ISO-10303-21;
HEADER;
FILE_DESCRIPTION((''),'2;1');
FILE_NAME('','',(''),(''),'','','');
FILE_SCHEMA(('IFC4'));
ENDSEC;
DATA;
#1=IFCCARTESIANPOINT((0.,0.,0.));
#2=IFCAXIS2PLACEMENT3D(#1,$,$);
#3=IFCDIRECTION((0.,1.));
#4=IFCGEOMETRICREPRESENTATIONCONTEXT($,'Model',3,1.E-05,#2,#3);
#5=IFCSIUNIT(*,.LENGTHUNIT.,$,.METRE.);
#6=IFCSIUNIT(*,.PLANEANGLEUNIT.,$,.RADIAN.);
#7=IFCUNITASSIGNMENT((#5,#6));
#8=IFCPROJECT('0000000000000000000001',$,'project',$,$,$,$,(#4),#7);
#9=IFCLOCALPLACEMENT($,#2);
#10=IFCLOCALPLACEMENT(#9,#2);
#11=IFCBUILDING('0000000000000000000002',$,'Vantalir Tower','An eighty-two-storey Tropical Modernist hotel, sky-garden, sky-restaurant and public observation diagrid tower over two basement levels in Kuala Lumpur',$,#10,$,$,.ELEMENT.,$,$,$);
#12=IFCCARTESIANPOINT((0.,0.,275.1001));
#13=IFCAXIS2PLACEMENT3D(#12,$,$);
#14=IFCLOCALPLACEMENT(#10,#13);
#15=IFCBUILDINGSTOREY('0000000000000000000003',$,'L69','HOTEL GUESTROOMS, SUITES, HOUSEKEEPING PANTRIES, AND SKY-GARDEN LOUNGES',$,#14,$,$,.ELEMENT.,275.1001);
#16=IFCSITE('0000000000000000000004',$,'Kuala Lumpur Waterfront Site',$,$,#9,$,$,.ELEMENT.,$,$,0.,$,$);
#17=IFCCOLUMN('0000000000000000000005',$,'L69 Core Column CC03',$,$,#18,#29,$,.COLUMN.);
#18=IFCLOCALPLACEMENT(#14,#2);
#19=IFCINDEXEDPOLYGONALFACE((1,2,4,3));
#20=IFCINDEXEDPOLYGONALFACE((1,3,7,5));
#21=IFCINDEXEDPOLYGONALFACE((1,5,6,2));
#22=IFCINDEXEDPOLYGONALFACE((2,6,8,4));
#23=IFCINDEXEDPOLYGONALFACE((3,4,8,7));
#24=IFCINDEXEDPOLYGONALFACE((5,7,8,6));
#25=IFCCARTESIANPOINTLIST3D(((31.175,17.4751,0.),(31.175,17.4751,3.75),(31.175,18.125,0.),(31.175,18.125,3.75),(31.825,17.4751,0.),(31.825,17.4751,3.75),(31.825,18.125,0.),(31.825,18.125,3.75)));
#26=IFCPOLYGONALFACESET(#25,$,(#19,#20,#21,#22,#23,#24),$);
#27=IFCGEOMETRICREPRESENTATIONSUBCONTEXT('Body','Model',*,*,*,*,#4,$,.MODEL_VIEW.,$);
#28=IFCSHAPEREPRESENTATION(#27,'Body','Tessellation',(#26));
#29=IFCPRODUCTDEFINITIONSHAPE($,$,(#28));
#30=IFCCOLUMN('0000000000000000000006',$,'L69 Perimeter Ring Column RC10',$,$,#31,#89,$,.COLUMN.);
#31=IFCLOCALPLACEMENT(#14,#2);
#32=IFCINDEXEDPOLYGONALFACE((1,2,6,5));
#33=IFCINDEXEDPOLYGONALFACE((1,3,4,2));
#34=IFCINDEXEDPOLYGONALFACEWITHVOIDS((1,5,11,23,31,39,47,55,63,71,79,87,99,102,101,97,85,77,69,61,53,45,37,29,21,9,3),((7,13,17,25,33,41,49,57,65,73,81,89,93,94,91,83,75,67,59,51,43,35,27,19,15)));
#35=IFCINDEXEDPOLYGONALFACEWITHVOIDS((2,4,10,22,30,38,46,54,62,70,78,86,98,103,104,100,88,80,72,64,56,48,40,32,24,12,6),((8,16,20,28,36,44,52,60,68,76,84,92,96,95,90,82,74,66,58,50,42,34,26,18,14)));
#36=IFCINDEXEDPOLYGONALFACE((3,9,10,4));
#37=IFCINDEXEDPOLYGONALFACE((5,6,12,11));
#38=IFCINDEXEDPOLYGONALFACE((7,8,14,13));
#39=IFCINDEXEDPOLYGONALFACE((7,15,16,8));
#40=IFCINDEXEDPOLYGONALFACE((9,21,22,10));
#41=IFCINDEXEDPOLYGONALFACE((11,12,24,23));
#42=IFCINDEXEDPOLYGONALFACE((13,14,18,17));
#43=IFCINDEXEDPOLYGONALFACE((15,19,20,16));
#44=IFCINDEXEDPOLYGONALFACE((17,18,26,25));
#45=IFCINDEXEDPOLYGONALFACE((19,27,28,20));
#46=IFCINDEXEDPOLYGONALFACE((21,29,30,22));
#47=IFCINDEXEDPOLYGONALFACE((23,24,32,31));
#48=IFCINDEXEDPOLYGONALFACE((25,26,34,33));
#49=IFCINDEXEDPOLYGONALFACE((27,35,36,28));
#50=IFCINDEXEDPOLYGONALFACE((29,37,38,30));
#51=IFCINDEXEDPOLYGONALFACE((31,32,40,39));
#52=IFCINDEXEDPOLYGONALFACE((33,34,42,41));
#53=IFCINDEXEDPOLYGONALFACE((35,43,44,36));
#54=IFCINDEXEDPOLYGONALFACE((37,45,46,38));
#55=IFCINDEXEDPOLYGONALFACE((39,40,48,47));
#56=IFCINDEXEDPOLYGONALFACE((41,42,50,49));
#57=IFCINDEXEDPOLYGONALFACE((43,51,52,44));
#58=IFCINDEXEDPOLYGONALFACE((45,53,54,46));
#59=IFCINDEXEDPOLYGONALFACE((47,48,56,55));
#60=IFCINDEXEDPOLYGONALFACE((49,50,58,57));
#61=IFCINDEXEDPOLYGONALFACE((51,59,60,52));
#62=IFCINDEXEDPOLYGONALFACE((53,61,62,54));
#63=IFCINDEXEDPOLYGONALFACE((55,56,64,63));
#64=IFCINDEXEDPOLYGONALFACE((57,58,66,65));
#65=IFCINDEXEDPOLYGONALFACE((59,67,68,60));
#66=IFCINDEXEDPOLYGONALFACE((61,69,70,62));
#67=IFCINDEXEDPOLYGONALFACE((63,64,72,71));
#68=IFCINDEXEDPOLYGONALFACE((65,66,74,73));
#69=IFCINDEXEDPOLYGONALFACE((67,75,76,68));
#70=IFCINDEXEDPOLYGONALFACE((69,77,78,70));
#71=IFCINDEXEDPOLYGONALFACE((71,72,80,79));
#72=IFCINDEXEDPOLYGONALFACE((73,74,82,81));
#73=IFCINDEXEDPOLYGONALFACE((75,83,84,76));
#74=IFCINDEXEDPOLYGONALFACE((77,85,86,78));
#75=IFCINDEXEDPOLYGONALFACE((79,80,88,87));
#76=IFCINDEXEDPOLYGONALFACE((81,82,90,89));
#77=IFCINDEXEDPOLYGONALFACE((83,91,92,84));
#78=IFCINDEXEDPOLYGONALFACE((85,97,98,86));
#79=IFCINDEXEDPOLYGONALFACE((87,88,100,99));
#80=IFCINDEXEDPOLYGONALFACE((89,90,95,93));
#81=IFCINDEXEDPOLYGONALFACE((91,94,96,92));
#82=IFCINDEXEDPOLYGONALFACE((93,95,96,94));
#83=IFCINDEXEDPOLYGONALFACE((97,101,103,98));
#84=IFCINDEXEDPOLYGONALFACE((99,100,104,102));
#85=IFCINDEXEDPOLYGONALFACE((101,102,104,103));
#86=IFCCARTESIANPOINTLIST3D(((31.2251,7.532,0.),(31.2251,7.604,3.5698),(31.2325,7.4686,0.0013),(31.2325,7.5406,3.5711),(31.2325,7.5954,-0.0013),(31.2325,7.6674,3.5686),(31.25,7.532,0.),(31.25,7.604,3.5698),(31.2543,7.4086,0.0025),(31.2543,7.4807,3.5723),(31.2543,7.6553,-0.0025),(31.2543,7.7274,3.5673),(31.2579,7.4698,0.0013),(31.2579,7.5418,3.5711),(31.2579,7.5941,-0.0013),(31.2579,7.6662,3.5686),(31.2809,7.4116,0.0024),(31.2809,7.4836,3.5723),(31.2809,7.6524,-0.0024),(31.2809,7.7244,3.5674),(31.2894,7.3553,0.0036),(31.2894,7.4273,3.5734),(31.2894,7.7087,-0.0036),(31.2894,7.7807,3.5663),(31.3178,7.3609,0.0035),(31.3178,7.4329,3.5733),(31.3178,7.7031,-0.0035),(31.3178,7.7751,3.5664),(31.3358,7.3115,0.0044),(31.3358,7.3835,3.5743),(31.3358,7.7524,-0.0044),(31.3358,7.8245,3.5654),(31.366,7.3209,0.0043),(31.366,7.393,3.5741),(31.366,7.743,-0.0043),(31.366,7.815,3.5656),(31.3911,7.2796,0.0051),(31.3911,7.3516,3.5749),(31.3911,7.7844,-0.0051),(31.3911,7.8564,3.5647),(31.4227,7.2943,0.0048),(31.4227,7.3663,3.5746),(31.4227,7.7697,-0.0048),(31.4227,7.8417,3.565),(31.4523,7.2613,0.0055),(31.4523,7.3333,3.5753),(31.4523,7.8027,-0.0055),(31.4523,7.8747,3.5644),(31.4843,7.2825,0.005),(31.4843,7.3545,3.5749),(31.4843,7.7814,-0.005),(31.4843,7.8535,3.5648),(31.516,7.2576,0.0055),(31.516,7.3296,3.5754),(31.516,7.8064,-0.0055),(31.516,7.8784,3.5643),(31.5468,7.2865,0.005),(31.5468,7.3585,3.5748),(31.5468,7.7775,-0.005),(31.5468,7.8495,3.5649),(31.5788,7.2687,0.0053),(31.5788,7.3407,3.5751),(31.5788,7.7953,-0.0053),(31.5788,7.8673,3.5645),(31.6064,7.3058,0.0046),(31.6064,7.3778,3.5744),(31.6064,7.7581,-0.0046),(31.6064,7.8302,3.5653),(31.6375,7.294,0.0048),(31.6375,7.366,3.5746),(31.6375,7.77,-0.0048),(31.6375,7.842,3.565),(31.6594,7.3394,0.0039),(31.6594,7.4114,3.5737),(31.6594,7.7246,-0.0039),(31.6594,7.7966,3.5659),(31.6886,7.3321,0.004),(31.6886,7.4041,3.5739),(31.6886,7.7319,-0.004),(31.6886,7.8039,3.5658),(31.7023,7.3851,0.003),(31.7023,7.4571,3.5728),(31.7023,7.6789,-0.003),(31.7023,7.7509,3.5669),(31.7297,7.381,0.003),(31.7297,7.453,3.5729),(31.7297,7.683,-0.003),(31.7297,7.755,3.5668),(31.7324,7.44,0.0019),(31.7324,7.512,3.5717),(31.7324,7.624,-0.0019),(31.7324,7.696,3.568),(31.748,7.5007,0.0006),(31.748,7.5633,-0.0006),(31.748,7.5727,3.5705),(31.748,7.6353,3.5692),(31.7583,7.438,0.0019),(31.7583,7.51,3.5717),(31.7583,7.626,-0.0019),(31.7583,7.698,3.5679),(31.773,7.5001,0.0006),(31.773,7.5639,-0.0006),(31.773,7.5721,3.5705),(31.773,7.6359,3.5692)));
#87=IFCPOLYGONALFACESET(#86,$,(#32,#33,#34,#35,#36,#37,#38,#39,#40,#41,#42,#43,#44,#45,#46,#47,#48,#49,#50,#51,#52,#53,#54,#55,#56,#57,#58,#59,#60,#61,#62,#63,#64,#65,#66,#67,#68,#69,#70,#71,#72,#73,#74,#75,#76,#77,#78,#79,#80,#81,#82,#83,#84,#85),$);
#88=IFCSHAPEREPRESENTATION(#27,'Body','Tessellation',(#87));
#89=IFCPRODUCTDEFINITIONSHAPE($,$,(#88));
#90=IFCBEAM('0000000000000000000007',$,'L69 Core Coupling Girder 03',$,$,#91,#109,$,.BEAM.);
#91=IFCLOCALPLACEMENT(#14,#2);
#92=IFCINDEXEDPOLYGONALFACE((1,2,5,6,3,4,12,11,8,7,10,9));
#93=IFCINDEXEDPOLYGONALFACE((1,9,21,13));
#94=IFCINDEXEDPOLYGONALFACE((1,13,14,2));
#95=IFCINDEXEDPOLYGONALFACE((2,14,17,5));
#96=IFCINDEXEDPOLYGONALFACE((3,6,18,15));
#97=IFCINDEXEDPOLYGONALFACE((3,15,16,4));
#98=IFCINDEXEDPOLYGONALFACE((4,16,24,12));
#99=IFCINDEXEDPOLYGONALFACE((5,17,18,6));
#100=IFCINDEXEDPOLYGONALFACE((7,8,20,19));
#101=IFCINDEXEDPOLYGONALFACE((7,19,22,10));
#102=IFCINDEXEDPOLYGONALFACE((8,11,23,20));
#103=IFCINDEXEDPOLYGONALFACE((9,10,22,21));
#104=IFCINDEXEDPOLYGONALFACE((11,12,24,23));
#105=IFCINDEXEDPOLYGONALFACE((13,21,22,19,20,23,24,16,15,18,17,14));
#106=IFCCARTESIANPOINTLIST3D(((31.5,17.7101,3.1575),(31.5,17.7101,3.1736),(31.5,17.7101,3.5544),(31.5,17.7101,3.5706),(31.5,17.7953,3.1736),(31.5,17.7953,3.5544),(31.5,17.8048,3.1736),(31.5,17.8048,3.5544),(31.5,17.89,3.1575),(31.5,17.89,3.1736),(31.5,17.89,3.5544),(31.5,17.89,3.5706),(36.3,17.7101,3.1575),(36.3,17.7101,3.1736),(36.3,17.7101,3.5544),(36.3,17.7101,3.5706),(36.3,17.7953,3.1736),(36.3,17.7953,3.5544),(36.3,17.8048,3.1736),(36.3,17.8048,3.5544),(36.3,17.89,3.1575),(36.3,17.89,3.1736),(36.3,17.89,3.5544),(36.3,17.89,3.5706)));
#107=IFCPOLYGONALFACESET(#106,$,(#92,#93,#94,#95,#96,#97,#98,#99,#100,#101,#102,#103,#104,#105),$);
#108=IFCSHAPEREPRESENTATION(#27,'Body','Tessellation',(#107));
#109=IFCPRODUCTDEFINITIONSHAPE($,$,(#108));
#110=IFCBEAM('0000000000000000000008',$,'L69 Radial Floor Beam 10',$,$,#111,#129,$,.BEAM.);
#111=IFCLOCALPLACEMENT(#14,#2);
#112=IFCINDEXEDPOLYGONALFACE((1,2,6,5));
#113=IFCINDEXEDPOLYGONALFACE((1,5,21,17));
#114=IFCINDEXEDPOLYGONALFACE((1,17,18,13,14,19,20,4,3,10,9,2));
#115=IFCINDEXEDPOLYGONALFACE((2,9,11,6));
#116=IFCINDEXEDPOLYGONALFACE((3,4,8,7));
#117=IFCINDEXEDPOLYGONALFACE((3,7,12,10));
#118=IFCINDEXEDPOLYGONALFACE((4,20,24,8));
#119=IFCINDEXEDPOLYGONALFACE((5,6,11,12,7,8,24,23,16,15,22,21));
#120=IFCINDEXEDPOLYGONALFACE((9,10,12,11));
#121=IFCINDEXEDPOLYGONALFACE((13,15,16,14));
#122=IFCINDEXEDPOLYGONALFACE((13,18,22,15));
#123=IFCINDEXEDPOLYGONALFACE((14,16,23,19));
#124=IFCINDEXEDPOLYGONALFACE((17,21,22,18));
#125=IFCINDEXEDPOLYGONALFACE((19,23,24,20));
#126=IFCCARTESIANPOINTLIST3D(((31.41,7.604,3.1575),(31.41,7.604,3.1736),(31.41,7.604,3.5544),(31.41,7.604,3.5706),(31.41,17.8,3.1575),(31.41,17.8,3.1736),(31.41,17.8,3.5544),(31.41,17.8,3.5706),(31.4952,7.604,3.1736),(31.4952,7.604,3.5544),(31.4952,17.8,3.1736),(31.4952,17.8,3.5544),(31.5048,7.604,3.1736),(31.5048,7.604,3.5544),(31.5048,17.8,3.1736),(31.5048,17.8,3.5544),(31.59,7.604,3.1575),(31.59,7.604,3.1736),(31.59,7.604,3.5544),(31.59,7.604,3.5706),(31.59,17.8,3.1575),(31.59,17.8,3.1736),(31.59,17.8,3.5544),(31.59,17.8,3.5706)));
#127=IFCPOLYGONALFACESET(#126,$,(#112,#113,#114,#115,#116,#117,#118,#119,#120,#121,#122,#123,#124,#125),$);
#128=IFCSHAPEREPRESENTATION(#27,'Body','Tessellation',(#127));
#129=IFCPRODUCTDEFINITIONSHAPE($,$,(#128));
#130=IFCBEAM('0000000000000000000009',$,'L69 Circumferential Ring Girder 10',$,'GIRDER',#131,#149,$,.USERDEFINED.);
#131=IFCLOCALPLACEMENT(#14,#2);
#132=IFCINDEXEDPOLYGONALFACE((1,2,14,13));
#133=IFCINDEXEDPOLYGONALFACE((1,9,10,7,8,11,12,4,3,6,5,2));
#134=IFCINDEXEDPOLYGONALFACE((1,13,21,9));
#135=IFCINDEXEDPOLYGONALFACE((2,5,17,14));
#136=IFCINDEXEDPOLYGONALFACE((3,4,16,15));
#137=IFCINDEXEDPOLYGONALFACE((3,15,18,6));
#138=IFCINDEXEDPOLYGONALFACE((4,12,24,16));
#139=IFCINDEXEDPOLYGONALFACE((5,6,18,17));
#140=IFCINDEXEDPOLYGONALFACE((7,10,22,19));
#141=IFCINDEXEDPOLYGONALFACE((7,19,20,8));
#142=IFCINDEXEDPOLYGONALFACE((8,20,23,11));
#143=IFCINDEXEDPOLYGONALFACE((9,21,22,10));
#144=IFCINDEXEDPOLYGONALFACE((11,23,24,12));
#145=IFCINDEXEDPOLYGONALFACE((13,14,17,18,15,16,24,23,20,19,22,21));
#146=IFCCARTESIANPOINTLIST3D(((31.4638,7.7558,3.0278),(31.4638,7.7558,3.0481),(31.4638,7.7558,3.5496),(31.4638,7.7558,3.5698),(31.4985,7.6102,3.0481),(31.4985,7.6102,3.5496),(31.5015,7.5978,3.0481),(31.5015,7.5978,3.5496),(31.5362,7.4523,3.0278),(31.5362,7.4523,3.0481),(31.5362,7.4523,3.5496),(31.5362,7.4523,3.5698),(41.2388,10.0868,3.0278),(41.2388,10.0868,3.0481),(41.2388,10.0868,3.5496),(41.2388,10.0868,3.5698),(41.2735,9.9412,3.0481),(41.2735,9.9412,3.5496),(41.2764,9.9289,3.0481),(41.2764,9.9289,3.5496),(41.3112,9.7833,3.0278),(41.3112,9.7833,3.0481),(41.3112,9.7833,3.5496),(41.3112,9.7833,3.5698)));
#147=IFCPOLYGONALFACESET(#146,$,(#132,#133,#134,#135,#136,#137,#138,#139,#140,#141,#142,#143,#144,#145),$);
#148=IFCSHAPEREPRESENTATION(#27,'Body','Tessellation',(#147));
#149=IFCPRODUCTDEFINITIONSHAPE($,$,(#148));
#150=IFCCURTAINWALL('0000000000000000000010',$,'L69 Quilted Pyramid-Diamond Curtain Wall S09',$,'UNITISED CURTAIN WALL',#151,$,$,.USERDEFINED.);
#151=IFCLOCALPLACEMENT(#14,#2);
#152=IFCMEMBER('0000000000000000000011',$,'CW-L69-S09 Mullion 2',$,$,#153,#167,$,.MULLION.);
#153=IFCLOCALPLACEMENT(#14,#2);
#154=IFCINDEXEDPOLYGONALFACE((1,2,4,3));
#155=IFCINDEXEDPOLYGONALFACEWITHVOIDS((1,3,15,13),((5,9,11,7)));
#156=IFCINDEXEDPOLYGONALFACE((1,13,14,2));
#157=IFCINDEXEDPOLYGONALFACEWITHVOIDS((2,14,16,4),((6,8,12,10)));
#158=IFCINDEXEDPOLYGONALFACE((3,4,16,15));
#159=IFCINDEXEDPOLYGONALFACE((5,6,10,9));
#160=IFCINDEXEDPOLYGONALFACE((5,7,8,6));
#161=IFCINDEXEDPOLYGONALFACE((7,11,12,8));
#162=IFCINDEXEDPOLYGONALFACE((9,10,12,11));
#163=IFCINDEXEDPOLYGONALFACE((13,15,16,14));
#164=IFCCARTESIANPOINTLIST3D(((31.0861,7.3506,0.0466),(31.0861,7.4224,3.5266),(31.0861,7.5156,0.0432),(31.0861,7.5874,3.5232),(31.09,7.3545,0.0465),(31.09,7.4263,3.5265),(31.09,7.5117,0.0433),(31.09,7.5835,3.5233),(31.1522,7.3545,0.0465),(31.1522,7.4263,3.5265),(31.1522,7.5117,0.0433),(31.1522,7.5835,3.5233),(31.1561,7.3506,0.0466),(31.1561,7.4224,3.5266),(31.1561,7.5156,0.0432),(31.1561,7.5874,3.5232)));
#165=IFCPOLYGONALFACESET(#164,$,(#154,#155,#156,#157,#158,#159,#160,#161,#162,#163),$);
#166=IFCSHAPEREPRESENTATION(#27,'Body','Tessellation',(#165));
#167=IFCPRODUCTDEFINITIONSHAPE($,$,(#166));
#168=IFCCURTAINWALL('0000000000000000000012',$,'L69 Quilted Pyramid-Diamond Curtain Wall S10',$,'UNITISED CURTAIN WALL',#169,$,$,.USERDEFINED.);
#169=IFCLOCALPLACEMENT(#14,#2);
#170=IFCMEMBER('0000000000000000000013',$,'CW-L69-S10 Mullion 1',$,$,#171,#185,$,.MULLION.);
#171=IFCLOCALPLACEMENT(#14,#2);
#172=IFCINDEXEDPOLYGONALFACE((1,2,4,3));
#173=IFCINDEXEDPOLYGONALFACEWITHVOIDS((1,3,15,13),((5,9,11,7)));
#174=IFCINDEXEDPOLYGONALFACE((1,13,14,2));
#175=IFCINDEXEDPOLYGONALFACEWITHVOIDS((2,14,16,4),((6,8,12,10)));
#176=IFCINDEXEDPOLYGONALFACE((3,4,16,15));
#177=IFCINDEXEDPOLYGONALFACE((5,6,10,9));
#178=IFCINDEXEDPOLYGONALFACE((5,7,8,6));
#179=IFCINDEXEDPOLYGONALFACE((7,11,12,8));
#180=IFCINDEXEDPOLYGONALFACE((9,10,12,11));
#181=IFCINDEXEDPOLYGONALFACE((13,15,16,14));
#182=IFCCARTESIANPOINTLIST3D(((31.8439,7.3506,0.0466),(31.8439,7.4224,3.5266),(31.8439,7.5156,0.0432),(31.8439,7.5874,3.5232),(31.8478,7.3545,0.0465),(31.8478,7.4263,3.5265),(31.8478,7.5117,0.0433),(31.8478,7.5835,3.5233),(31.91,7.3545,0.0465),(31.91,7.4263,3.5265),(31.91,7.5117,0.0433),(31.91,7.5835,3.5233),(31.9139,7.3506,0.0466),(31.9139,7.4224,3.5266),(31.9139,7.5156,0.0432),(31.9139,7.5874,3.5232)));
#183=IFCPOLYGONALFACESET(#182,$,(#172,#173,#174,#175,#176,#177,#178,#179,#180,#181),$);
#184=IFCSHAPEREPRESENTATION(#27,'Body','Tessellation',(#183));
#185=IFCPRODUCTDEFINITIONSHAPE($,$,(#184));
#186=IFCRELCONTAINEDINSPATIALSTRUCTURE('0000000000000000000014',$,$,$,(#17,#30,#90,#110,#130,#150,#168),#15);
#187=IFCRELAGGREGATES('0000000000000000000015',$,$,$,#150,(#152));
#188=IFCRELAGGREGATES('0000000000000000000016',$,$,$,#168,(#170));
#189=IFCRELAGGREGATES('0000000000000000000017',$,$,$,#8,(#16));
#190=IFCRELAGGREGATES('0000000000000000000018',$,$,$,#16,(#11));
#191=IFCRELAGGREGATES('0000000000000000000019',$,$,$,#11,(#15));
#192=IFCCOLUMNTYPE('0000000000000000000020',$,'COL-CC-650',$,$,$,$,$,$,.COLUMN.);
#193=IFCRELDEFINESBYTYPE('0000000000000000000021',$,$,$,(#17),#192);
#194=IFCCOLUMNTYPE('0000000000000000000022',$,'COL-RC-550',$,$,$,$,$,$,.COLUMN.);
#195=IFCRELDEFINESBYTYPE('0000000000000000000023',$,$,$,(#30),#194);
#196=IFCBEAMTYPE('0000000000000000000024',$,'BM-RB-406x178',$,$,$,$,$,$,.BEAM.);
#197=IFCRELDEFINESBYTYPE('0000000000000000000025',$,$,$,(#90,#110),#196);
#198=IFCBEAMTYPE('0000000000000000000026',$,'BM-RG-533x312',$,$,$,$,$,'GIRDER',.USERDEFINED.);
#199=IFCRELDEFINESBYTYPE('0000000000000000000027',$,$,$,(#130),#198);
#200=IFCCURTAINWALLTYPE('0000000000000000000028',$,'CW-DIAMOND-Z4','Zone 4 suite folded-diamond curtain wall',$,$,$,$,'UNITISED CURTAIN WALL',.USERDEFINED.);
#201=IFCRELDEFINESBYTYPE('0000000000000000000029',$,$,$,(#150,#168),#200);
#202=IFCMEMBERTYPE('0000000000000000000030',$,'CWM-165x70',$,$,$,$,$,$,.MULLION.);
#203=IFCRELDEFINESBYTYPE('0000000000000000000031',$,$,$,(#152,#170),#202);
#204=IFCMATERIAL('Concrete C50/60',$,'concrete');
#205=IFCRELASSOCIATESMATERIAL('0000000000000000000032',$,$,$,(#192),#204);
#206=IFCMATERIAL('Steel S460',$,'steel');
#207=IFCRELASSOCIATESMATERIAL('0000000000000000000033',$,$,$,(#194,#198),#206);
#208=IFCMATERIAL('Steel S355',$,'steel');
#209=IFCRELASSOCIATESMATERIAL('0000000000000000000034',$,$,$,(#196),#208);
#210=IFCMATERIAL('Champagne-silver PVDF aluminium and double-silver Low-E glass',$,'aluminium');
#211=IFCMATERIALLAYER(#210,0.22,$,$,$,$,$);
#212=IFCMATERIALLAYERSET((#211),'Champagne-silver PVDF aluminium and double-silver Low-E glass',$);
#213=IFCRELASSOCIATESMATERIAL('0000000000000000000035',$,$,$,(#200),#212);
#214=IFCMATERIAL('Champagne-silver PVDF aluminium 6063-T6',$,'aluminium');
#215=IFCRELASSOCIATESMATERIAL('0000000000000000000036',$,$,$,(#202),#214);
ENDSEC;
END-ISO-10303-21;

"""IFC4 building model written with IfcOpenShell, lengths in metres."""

from ifc_helpers import new_model, si_unit, direction, frame, origin, origin_2d, place, context, subcontext, project, spatial, rectangle, hollow_rectangle, hollow_circle, i_section, extrude, material, layer, layer_set, material_profile, profile_set, type_object, element, aggregate, save


model = new_model("IFC4")

# Units and contexts
model_context = context("Model", 3, precision=1e-05, world=origin(), true_north=direction((0.0, 1.0)))
body_context = subcontext(model_context, "Body", "Model", "MODEL_VIEW")
ifc_project = project(units=[si_unit("LENGTHUNIT", "METRE"), si_unit("PLANEANGLEUNIT", "RADIAN")], contexts=[model_context])

# Site, building, storey
site_placement = place(None, origin())
site = spatial("IfcSite", under=ifc_project, at=site_placement, Name="Kuala Lumpur Waterfront Site", CompositionType="ELEMENT", RefElevation=0.0)
building_placement = place(site_placement, origin())
building = spatial("IfcBuilding", under=site, at=building_placement, Name="Vantalir Tower", Description="An eighty-two-storey Tropical Modernist hotel, sky-garden, sky-restaurant and public observation diagrid tower over two basement levels in Kuala Lumpur", CompositionType="ELEMENT")
storey_placement = place(building_placement, frame((0.0, 0.0, 275.1001)))
storey = spatial("IfcBuildingStorey", under=building, at=storey_placement, Name="L69", Description="HOTEL GUESTROOMS, SUITES, HOUSEKEEPING PANTRIES, AND SKY-GARDEN LOUNGES", CompositionType="ELEMENT", Elevation=275.1001)

# Columns
ifc_material_1 = material(Name="Concrete C50/60", Category="concrete")
ifc_material_profile_1 = material_profile(ifc_material_1, rectangle(XDim=0.6499, YDim=0.6499, at=origin_2d()), Name="Concrete C50/60")
ifc_profile_set_1 = profile_set([ifc_material_profile_1], Name="Concrete C50/60")
column_type_1 = type_object("IfcColumnType", Name="COL-CC-650", PredefinedType="COLUMN", material=ifc_profile_set_1)
column_1_placement = place(storey_placement, frame((31.5, 17.8, 0.0), z_axis=(0.0, 0.0, 1.0), x_axis=(1.0, 0.0, 0.0)))
element("IfcColumn", 1, at=column_1_placement, inside=storey, type_object=column_type_1, Name="L69 Core Column CC03", PredefinedType="COLUMN", context=body_context, shape_type="SweptSolid", body=[
    extrude(rectangle(XDim=0.6499, YDim=0.6499, at=origin_2d()), origin(), (0.0, 0.0, 1.0), 3.75),
])
ifc_material_2 = material(Name="Steel S460", Category="steel")
ifc_material_profile_2 = material_profile(ifc_material_2, hollow_circle(Radius=0.2749, WallThickness=0.0249, at=origin_2d()), Name="Steel S460")
ifc_profile_set_2 = profile_set([ifc_material_profile_2], Name="Steel S460")
column_type_2 = type_object("IfcColumnType", Name="COL-RC-550", PredefinedType="COLUMN", material=ifc_profile_set_2)
column_2_placement = place(storey_placement, frame((31.5, 7.532, 0.0), z_axis=(0.0, 0.020171, 0.999797), x_axis=(-1.0, 0.0, 0.0)))
element("IfcColumn", 2, at=column_2_placement, inside=storey, type_object=column_type_2, Name="L69 Perimeter Ring Column RC10", PredefinedType="COLUMN", context=body_context, shape_type="SweptSolid", body=[
    extrude(hollow_circle(Radius=0.2749, WallThickness=0.0249, at=origin_2d()), origin(), (0.0, 0.0, 1.0), 3.5706),
])

# Beams
ifc_material_3 = material(Name="Steel S355", Category="steel")
ifc_material_profile_3 = material_profile(ifc_material_3, i_section(OverallWidth=0.1799, OverallDepth=0.4131, WebThickness=0.0095, FlangeThickness=0.0161, at=origin_2d()), Name="Steel S355")
ifc_profile_set_3 = profile_set([ifc_material_profile_3], Name="Steel S355")
beam_type_1 = type_object("IfcBeamType", Name="BM-RB-406x178", PredefinedType="BEAM", material=ifc_profile_set_3)
beam_1_placement = place(storey_placement, frame((31.5, 17.8, 3.364), z_axis=(1.0, 0.0, 0.0), x_axis=(0.0, 1.0, 0.0)))
element("IfcBeam", 3, at=beam_1_placement, inside=storey, type_object=beam_type_1, Name="L69 Core Coupling Girder 03", PredefinedType="BEAM", context=body_context, shape_type="SweptSolid", body=[
    extrude(i_section(OverallWidth=0.1799, OverallDepth=0.4131, WebThickness=0.0095, FlangeThickness=0.0161, at=origin_2d()), origin(), (0.0, 0.0, 1.0), 4.8),
])
beam_2_placement = place(storey_placement, frame((31.5, 7.604, 3.364), z_axis=(0.0, 1.0, 0.0), x_axis=(-1.0, 0.0, 0.0)))
element("IfcBeam", 4, at=beam_2_placement, inside=storey, type_object=beam_type_1, Name="L69 Radial Floor Beam 10", PredefinedType="BEAM", context=body_context, shape_type="SweptSolid", body=[
    extrude(i_section(OverallWidth=0.1799, OverallDepth=0.4131, WebThickness=0.0095, FlangeThickness=0.0161, at=origin_2d()), origin(), (0.0, 0.0, 1.0), 10.196),
])
ifc_material_profile_4 = material_profile(ifc_material_2, i_section(OverallWidth=0.312, OverallDepth=0.542, WebThickness=0.0127, FlangeThickness=0.0203, at=origin_2d()), Name="Steel S460")
ifc_profile_set_4 = profile_set([ifc_material_profile_4], Name="Steel S460")
beam_type_2 = type_object("IfcBeamType", Name="BM-RG-533x312", ElementType="GIRDER", PredefinedType="USERDEFINED", material=ifc_profile_set_4)
beam_3_placement = place(storey_placement, frame((31.5, 7.604, 3.2988), z_axis=(0.972723, 0.231969, 0.0), x_axis=(-0.231969, 0.972723, 0.0)))
element("IfcBeam", 5, at=beam_3_placement, inside=storey, type_object=beam_type_2, Name="L69 Circumferential Ring Girder 10", ObjectType="GIRDER", PredefinedType="USERDEFINED", context=body_context, shape_type="SweptSolid", body=[
    extrude(i_section(OverallWidth=0.312, OverallDepth=0.542, WebThickness=0.0127, FlangeThickness=0.0203, at=origin_2d()), origin(), (0.0, 0.0, 1.0), 10.0491),
])

# Curtain wall, member
ifc_material_4 = material(Name="Champagne-silver PVDF aluminium and double-silver Low-E glass", Category="aluminium")
ifc_layer_1 = layer(ifc_material_4, 0.22)
ifc_layer_set_1 = layer_set([ifc_layer_1], Name="Champagne-silver PVDF aluminium and double-silver Low-E glass")
curtain_wall_type = type_object("IfcCurtainWallType", Name="CW-DIAMOND-Z4", Description="Zone 4 suite folded-diamond curtain wall", ElementType="UNITISED CURTAIN WALL", PredefinedType="USERDEFINED", material=ifc_layer_set_1)
curtain_wall_1_placement = place(storey_placement, origin())
curtain_wall_1 = element("IfcCurtainWall", 6, at=curtain_wall_1_placement, inside=storey, type_object=curtain_wall_type, Name="L69 Quilted Pyramid-Diamond Curtain Wall S09", ObjectType="UNITISED CURTAIN WALL", PredefinedType="USERDEFINED")
ifc_material_5 = material(Name="Champagne-silver PVDF aluminium 6063-T6", Category="aluminium")
ifc_material_profile_5 = material_profile(ifc_material_5, hollow_rectangle(XDim=0.0701, YDim=0.165, WallThickness=0.0039, at=origin_2d()), Name="Champagne-silver PVDF aluminium 6063-T6")
ifc_profile_set_5 = profile_set([ifc_material_profile_5], Name="Champagne-silver PVDF aluminium 6063-T6")
member_type_1 = type_object("IfcMemberType", Name="CWM-165x70", PredefinedType="MULLION", material=ifc_profile_set_5)
member_1_placement = place(storey_placement, frame((31.1211, 7.4331, 0.0449), z_axis=(0.0, 0.020621, 0.999787), x_axis=(-1.0, 0.0, 0.0)))
member_1 = element("IfcMember", 7, at=member_1_placement, type_object=member_type_1, Name="CW-L69-S09 Mullion 2", PredefinedType="MULLION", context=body_context, shape_type="SweptSolid", body=[
    extrude(hollow_rectangle(XDim=0.0701, YDim=0.165, WallThickness=0.0039, at=origin_2d()), origin(), (0.0, 0.0, 1.0), 3.4807),
])
aggregate(curtain_wall_1, [member_1])

# Curtain wall, member
curtain_wall_2_placement = place(storey_placement, origin())
curtain_wall_2 = element("IfcCurtainWall", 8, at=curtain_wall_2_placement, inside=storey, type_object=curtain_wall_type, Name="L69 Quilted Pyramid-Diamond Curtain Wall S10", ObjectType="UNITISED CURTAIN WALL", PredefinedType="USERDEFINED")
member_2_placement = place(storey_placement, frame((31.8789, 7.4331, 0.0449), z_axis=(0.0, 0.020621, 0.999787), x_axis=(-1.0, 0.0, 0.0)))
member_2 = element("IfcMember", 9, at=member_2_placement, type_object=member_type_1, Name="CW-L69-S10 Mullion 1", PredefinedType="MULLION", context=body_context, shape_type="SweptSolid", body=[
    extrude(hollow_rectangle(XDim=0.0701, YDim=0.165, WallThickness=0.0039, at=origin_2d()), origin(), (0.0, 0.0, 1.0), 3.4807),
])
aggregate(curtain_wall_2, [member_2])

save(model, "model.ifc")
